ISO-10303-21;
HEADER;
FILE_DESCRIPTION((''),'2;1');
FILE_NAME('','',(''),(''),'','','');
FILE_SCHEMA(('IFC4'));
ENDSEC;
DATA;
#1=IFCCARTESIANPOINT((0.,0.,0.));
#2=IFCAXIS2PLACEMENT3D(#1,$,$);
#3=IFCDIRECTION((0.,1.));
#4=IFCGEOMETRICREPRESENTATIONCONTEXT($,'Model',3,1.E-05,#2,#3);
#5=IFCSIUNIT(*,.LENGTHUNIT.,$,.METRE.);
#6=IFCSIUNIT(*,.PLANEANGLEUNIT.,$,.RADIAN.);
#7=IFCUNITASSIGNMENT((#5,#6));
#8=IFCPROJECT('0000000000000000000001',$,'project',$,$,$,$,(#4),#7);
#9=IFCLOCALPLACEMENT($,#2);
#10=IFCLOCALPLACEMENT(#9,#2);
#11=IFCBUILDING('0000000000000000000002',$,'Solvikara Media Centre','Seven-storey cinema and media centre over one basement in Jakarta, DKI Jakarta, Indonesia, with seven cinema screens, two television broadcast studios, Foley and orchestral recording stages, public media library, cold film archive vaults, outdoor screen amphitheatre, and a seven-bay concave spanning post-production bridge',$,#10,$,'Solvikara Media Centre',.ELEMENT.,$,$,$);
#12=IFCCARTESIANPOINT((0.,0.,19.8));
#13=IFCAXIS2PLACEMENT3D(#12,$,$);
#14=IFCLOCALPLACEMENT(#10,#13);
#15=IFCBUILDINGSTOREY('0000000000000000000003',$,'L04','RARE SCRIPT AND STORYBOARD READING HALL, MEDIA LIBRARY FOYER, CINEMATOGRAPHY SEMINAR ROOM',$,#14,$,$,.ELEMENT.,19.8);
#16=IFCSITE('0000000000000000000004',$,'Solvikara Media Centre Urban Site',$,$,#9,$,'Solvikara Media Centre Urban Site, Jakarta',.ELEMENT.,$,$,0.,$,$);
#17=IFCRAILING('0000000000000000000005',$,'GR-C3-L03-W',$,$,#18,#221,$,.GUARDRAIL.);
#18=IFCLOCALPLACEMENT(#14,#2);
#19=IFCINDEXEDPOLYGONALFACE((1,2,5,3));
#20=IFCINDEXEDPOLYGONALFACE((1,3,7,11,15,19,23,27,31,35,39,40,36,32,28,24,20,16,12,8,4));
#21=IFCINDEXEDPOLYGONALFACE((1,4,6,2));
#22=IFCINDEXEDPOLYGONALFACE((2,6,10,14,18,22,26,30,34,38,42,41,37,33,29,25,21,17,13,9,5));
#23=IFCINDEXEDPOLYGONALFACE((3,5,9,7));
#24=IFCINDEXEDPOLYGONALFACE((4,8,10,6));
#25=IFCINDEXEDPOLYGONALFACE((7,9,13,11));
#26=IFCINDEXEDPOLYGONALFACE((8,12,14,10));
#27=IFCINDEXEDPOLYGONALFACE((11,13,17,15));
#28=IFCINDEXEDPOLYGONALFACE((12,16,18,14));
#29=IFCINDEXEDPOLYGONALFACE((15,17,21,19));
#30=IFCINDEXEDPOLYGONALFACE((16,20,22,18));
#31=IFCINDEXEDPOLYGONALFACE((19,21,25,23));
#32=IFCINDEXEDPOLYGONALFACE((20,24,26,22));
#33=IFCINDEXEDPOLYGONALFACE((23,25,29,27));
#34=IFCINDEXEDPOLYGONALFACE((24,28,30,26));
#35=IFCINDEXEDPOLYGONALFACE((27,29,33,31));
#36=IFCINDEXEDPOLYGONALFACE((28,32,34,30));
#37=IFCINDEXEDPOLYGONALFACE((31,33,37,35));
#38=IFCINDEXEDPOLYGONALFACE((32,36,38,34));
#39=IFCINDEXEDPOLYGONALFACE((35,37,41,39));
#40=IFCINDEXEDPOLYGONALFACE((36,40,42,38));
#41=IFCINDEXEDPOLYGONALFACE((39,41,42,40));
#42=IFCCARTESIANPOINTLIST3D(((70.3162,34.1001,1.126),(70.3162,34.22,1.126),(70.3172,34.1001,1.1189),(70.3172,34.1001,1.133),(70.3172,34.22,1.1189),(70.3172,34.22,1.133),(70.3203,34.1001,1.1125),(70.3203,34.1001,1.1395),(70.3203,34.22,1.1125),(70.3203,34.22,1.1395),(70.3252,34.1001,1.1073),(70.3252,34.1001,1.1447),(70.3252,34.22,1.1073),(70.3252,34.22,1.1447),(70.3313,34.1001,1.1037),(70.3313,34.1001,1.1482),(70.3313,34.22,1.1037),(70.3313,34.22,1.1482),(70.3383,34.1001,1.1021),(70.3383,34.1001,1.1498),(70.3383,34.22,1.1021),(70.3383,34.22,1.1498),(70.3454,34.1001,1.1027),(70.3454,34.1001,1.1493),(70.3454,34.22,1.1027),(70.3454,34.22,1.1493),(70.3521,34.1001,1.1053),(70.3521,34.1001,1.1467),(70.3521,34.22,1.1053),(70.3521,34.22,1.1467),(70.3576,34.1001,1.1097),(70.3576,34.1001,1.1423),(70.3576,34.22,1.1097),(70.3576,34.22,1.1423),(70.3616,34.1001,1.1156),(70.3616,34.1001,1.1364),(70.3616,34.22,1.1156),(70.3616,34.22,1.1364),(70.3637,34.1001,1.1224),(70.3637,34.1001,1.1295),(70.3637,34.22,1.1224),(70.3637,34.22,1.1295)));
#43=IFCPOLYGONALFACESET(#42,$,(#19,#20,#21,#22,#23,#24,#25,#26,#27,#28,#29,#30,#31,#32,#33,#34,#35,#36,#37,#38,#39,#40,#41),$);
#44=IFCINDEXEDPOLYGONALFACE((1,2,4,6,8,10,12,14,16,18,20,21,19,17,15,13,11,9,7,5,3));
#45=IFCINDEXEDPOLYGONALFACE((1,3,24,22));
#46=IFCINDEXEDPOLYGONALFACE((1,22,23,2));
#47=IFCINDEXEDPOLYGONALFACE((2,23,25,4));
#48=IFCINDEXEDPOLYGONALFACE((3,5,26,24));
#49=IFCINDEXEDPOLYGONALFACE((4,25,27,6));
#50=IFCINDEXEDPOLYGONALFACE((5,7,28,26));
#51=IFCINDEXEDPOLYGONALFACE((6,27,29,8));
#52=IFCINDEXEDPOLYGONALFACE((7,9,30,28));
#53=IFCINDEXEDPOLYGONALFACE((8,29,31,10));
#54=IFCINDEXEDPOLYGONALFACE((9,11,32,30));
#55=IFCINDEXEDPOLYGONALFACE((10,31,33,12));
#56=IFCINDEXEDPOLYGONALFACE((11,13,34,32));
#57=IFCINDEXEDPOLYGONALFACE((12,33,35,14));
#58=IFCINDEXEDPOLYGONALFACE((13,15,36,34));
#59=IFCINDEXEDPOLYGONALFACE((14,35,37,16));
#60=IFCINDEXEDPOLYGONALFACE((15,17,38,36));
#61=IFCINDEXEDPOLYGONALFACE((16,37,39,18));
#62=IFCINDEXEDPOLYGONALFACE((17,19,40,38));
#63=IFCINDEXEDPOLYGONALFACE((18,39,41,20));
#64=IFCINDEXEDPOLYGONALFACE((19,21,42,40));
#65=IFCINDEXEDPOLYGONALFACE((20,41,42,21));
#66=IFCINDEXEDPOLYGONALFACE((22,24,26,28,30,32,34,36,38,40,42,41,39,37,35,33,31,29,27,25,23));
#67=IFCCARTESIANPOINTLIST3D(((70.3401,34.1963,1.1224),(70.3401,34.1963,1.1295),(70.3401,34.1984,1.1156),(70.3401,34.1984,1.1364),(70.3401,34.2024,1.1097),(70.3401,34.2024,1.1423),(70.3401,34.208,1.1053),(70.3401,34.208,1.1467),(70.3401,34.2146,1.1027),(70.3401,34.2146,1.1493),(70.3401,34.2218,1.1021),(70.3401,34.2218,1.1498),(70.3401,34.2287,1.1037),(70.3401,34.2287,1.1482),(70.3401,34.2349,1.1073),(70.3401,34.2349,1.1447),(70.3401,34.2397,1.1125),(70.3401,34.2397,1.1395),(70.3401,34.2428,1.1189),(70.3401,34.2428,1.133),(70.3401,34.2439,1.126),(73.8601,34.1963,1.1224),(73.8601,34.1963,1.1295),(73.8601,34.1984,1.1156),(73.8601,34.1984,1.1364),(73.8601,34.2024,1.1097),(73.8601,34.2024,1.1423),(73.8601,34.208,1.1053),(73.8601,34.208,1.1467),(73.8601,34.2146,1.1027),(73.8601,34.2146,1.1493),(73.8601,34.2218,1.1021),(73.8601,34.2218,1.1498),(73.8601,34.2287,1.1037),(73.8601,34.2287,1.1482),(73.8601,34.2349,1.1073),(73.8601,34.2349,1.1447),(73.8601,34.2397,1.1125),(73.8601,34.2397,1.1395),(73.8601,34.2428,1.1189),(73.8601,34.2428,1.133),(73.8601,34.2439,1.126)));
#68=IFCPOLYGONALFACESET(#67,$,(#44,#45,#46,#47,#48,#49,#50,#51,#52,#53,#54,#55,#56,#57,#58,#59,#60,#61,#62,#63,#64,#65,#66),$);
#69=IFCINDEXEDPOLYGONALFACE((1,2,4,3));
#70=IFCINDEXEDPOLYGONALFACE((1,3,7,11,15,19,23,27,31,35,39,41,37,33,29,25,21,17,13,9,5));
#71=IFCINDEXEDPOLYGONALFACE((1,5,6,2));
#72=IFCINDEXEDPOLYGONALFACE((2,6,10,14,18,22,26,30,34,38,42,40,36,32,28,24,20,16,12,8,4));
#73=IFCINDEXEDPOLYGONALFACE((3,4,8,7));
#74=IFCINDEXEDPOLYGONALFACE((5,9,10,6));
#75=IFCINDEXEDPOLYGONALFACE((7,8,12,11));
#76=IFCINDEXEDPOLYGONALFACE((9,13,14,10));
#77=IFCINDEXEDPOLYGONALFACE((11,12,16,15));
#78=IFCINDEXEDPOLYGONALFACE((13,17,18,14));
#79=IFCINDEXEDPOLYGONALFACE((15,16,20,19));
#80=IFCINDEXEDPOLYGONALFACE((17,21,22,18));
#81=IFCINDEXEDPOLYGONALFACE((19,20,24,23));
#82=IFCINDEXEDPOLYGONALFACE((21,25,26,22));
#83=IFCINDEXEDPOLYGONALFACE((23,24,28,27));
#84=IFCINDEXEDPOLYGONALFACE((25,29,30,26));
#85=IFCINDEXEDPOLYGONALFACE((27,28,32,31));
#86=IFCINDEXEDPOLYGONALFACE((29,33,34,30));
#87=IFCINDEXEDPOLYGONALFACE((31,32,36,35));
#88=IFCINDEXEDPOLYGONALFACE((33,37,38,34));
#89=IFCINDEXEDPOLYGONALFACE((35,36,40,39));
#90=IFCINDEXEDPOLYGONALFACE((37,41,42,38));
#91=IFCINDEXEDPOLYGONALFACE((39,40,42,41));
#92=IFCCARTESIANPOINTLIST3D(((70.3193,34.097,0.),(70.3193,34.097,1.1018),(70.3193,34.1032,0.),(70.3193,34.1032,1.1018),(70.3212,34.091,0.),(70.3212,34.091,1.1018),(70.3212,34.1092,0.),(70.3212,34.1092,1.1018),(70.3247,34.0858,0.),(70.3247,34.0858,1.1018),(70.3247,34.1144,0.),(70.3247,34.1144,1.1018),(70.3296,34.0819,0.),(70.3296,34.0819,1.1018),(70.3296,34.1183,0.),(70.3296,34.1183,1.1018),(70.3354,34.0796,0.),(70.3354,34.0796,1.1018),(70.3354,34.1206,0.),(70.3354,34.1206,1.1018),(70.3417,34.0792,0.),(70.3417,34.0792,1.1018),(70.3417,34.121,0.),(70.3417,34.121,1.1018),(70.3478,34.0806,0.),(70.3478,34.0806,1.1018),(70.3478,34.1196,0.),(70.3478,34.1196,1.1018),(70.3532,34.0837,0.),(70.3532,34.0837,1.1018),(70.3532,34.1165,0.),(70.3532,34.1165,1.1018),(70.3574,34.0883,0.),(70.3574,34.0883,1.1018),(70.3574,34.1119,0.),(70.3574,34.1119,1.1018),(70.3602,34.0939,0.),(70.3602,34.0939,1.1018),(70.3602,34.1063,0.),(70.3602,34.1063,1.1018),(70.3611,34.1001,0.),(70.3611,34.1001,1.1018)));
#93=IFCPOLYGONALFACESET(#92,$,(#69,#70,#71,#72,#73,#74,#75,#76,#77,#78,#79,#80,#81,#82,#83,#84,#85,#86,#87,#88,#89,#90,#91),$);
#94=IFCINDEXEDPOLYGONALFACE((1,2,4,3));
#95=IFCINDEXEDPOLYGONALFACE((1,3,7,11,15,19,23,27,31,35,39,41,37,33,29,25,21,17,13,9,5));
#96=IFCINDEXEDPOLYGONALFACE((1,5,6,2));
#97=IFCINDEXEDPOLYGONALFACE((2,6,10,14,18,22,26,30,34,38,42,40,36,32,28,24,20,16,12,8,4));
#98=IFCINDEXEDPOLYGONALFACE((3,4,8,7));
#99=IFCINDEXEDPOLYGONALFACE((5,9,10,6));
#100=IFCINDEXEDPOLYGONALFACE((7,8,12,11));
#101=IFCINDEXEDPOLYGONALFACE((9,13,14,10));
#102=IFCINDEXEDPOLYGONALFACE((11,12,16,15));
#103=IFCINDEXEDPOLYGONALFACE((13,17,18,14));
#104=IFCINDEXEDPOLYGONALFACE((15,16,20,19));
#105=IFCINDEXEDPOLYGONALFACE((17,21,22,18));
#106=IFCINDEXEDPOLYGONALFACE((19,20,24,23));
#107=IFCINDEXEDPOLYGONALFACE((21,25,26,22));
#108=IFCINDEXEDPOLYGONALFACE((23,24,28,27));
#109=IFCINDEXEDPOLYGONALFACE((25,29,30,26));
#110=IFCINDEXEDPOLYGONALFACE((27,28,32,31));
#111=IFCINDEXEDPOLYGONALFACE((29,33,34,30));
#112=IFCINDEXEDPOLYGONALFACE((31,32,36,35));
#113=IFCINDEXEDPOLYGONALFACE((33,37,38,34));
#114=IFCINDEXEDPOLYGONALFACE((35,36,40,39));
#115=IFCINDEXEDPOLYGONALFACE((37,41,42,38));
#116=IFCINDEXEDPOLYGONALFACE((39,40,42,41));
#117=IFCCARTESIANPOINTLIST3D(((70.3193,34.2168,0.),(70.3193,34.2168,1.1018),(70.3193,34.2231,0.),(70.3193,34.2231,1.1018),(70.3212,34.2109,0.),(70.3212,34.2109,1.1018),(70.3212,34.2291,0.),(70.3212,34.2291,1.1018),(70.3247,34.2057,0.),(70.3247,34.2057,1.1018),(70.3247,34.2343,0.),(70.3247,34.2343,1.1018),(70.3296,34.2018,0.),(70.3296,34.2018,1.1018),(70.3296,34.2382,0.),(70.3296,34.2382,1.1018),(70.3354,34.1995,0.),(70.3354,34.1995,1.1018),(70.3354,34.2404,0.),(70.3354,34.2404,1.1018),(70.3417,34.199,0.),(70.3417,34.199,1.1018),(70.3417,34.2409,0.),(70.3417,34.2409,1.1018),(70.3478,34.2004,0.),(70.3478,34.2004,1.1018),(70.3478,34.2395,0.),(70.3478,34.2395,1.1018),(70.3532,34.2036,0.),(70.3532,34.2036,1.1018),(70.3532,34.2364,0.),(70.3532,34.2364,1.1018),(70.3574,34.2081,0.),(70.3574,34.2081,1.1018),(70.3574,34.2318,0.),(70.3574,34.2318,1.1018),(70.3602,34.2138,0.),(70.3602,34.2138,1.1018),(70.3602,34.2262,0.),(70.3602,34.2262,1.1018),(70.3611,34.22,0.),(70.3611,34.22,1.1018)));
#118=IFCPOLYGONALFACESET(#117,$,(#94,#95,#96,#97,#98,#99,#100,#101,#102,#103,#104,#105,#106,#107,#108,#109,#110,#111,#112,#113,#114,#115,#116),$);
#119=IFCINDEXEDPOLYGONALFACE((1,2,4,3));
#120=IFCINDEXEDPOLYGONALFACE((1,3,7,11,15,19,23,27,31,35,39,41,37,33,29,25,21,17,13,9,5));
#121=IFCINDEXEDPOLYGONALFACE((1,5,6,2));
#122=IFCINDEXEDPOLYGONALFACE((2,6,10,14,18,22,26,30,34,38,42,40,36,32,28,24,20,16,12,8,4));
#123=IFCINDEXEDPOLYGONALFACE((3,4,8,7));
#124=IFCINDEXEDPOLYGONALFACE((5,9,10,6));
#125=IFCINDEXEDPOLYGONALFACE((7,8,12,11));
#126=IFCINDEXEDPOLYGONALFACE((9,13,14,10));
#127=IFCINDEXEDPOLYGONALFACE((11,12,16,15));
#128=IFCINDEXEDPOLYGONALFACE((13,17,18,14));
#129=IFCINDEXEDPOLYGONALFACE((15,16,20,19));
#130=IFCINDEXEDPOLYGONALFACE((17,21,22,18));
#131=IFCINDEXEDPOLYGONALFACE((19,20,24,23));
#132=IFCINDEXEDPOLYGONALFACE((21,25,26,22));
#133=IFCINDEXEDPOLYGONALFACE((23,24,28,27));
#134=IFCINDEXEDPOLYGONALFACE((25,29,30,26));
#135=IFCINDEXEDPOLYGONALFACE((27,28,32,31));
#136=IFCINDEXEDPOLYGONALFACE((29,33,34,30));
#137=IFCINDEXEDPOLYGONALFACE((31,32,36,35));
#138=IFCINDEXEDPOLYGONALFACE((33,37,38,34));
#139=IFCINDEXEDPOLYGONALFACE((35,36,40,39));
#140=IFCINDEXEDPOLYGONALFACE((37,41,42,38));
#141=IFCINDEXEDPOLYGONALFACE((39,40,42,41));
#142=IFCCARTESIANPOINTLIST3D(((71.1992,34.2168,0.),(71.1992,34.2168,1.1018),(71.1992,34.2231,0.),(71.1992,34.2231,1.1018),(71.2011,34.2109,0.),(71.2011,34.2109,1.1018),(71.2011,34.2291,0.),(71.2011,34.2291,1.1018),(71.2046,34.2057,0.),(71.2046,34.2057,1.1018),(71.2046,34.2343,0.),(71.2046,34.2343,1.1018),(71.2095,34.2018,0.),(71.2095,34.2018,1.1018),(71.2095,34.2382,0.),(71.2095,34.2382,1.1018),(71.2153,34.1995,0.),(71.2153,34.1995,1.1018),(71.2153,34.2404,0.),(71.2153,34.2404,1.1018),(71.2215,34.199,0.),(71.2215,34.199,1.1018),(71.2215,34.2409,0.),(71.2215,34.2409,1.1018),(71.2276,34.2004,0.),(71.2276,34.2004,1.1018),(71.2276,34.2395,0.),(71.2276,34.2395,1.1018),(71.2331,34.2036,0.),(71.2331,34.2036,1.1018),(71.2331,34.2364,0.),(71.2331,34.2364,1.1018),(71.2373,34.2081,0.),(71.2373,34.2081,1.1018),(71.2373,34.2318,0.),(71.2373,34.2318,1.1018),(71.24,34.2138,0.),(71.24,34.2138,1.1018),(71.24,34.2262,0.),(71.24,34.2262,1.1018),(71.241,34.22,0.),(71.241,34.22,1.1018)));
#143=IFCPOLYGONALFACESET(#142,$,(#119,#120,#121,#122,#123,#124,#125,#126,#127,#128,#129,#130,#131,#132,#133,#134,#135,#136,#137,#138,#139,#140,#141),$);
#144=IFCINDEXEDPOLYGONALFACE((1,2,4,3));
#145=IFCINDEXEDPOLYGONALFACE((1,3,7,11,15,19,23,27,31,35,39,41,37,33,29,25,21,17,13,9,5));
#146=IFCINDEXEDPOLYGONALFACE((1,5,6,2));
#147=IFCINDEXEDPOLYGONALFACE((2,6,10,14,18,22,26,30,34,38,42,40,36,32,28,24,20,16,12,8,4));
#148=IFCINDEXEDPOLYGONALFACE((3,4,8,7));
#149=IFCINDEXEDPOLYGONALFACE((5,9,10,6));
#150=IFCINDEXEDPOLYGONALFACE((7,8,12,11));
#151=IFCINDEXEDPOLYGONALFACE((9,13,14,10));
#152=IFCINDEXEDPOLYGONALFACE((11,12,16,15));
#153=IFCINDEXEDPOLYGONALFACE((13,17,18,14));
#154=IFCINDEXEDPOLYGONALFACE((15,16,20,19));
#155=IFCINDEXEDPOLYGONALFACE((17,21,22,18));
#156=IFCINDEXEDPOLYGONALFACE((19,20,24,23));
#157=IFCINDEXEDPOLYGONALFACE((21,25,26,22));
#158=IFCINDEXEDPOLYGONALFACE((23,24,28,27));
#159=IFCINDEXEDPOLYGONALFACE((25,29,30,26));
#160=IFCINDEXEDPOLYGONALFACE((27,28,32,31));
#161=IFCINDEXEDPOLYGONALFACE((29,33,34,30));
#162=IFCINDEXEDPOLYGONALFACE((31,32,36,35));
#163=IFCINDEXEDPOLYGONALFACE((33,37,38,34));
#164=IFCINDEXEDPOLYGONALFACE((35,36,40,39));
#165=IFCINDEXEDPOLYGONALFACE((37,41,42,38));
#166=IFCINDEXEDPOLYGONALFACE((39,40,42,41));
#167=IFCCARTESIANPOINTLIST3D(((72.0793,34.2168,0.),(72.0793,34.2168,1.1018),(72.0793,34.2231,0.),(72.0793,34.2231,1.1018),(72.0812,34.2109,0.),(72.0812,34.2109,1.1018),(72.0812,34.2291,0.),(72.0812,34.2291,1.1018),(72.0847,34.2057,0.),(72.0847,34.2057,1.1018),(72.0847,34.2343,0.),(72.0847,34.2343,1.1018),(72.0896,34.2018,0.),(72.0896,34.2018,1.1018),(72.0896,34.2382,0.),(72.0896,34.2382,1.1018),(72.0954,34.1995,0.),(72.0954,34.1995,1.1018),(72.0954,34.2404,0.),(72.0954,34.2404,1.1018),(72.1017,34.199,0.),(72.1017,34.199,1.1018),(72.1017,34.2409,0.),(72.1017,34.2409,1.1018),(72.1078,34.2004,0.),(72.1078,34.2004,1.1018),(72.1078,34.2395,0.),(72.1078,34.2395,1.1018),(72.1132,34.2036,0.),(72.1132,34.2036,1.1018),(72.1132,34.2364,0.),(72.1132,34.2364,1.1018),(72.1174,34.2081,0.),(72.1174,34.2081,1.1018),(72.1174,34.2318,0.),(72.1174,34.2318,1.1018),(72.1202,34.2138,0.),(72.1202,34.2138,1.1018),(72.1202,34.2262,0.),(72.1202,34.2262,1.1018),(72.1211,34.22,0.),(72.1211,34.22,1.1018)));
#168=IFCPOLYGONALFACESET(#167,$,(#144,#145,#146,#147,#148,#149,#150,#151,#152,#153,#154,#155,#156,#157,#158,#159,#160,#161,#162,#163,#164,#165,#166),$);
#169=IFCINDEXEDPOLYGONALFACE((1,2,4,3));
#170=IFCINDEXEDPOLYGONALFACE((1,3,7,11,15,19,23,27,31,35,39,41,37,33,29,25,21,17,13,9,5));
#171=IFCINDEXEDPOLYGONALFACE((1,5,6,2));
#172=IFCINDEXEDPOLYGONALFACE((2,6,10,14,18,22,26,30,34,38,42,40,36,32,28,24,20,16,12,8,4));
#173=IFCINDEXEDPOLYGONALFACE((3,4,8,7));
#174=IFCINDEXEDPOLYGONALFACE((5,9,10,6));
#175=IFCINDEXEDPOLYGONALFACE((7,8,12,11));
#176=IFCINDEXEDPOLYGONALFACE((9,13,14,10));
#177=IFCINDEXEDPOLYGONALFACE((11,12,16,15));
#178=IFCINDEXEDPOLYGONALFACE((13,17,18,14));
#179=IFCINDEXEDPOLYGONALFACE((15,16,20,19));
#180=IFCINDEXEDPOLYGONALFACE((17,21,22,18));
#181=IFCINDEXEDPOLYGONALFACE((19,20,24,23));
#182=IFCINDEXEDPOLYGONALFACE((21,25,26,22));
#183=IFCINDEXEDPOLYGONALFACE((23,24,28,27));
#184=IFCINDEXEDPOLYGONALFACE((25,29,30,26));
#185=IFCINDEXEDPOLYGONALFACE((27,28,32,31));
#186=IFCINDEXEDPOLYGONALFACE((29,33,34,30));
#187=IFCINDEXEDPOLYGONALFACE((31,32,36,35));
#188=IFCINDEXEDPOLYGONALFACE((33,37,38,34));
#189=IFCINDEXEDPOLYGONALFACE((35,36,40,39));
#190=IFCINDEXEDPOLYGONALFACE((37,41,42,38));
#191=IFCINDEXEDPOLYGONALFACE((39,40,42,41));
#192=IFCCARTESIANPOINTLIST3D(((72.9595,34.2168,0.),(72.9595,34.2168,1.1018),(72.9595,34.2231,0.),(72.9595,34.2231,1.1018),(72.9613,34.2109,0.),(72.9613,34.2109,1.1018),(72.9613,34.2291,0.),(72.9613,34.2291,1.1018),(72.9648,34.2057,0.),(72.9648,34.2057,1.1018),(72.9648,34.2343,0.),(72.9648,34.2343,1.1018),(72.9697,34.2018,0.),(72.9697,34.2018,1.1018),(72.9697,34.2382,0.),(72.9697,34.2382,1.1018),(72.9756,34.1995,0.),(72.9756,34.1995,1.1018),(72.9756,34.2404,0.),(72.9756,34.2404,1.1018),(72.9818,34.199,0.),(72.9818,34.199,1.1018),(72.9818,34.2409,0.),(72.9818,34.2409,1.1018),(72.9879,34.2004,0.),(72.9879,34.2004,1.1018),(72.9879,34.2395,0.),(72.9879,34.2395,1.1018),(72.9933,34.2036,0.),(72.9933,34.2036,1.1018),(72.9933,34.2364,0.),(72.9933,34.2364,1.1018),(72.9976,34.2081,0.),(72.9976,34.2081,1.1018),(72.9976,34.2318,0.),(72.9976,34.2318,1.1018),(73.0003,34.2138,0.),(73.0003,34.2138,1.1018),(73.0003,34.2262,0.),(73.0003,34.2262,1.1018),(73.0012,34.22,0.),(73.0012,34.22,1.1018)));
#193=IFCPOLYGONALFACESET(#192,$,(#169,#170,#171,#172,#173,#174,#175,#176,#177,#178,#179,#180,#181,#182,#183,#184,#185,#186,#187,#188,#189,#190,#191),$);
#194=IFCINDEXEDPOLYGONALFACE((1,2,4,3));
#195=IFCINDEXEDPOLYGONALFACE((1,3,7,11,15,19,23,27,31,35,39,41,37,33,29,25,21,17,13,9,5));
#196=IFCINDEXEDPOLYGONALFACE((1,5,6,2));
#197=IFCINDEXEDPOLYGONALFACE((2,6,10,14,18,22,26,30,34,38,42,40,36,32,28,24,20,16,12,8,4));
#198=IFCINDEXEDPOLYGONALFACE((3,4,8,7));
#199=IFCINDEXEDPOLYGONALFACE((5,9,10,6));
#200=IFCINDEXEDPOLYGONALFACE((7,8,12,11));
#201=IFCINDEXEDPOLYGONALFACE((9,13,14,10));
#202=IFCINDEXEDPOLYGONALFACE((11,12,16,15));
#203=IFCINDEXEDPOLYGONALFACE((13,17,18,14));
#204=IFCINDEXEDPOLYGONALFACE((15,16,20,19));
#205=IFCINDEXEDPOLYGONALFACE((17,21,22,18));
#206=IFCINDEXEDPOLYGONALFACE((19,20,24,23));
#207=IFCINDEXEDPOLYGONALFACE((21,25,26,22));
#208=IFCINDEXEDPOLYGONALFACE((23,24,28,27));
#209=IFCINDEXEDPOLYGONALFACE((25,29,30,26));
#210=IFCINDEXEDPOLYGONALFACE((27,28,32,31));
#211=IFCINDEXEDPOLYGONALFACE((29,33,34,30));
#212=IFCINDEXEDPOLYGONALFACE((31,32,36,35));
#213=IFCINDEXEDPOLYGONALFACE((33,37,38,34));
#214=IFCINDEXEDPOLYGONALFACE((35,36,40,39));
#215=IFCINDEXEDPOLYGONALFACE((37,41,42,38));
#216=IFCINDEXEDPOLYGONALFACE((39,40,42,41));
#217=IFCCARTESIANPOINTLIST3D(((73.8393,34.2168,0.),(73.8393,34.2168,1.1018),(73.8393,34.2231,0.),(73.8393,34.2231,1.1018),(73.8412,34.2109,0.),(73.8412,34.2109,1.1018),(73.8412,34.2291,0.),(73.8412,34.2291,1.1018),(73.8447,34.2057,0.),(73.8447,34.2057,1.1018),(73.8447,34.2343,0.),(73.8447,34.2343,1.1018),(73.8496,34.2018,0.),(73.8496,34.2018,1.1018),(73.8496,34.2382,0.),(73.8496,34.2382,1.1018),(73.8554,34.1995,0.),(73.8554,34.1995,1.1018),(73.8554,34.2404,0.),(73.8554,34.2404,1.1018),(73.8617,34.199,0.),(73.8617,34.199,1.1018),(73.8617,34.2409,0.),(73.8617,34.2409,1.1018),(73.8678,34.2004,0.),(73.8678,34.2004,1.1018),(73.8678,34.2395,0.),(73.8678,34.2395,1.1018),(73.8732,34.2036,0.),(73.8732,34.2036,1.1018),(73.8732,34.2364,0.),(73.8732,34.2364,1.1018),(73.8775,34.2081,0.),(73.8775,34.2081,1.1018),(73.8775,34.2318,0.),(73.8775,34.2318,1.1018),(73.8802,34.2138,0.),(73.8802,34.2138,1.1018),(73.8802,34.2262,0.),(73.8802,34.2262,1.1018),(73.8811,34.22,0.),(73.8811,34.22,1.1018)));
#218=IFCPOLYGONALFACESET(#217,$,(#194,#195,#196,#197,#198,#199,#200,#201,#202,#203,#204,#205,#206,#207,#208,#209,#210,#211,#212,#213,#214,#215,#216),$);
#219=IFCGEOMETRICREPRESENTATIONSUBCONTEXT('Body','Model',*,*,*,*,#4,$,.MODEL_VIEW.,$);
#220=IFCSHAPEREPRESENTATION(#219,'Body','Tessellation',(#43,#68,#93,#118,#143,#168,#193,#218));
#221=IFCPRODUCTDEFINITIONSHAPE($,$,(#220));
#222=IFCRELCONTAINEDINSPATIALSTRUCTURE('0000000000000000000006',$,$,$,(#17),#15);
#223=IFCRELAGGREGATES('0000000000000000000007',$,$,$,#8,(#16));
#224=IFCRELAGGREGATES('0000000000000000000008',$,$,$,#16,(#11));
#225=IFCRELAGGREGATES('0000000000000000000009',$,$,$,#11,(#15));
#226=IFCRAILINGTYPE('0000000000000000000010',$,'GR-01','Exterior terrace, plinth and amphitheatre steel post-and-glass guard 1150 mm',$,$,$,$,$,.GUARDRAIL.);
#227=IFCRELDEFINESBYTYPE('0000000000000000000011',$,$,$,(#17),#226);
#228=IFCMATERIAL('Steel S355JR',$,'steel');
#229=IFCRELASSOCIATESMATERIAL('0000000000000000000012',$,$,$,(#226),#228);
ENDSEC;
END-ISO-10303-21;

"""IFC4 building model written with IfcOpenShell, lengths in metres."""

from ifc_helpers import new_model, si_unit, direction, frame, origin, origin_2d, place, context, subcontext, project, spatial, circle, extrude, material, type_object, element, save


model = new_model("IFC4")

# Units and contexts
model_context = context("Model", 3, precision=1e-05, world=origin(), true_north=direction((0.0, 1.0)))
body_context = subcontext(model_context, "Body", "Model", "MODEL_VIEW")
ifc_project = project(units=[si_unit("LENGTHUNIT", "METRE"), si_unit("PLANEANGLEUNIT", "RADIAN")], contexts=[model_context])

# Site, building, storey
site_placement = place(None, origin())
site = spatial("IfcSite", under=ifc_project, at=site_placement, Name="Solvikara Media Centre Urban Site", LongName="Solvikara Media Centre Urban Site, Jakarta", CompositionType="ELEMENT", RefElevation=0.0)
building_placement = place(site_placement, origin())
building = spatial("IfcBuilding", under=site, at=building_placement, Name="Solvikara Media Centre", Description="Seven-storey cinema and media centre over one basement in Jakarta, DKI Jakarta, Indonesia, with seven cinema screens, two television broadcast studios, Foley and orchestral recording stages, public media library, cold film archive vaults, outdoor screen amphitheatre, and a seven-bay concave spanning post-production bridge", LongName="Solvikara Media Centre", CompositionType="ELEMENT")
storey_placement = place(building_placement, frame((0.0, 0.0, 19.8)))
storey = spatial("IfcBuildingStorey", under=building, at=storey_placement, Name="L04", Description="RARE SCRIPT AND STORYBOARD READING HALL, MEDIA LIBRARY FOYER, CINEMATOGRAPHY SEMINAR ROOM", CompositionType="ELEMENT", Elevation=19.8)

# Shared definitions
ifc_material_1 = material(Name="Steel S355JR", Category="steel")

# Railing
railing_type_1 = type_object("IfcRailingType", Name="GR-01", Description="Exterior terrace, plinth and amphitheatre steel post-and-glass guard 1150 mm", PredefinedType="GUARDRAIL", material=ifc_material_1)
railing_1_placement = place(storey_placement, frame((70.3401, 34.1001, 0.0)))
element("IfcRailing", 1, at=railing_1_placement, inside=storey, type_object=railing_type_1, Name="GR-C3-L03-W", PredefinedType="GUARDRAIL", context=body_context, shape_type="SweptSolid", body=[
    extrude(circle(Radius=0.0239, at=origin_2d()), frame((0.0, 0.0, 1.126), z_axis=(0.0, 1.0, 0.0), x_axis=(-1.0, 0.0, 0.0)), (0.0, 0.0, 1.0), 0.1199),
    extrude(circle(Radius=0.0239, at=origin_2d()), frame((0.0, 0.1199, 1.126), z_axis=(1.0, 0.0, 0.0), x_axis=(0.0, 1.0, 0.0)), (0.0, 0.0, 1.0), 3.52),
    extrude(circle(Radius=0.021, at=origin_2d()), origin(), (0.0, 0.0, 1.0), 1.1018),
    extrude(circle(Radius=0.021, at=origin_2d()), frame((0.0, 0.1199, 0.0)), (0.0, 0.0, 1.0), 1.1018),
    extrude(circle(Radius=0.021, at=origin_2d()), frame((0.8799, 0.1199, 0.0)), (0.0, 0.0, 1.0), 1.1018),
    extrude(circle(Radius=0.021, at=origin_2d()), frame((1.76, 0.1199, 0.0)), (0.0, 0.0, 1.0), 1.1018),
    extrude(circle(Radius=0.021, at=origin_2d()), frame((2.6401, 0.1199, 0.0)), (0.0, 0.0, 1.0), 1.1018),
    extrude(circle(Radius=0.021, at=origin_2d()), frame((3.52, 0.1199, 0.0)), (0.0, 0.0, 1.0), 1.1018),
])

save(model, "model.ifc")
